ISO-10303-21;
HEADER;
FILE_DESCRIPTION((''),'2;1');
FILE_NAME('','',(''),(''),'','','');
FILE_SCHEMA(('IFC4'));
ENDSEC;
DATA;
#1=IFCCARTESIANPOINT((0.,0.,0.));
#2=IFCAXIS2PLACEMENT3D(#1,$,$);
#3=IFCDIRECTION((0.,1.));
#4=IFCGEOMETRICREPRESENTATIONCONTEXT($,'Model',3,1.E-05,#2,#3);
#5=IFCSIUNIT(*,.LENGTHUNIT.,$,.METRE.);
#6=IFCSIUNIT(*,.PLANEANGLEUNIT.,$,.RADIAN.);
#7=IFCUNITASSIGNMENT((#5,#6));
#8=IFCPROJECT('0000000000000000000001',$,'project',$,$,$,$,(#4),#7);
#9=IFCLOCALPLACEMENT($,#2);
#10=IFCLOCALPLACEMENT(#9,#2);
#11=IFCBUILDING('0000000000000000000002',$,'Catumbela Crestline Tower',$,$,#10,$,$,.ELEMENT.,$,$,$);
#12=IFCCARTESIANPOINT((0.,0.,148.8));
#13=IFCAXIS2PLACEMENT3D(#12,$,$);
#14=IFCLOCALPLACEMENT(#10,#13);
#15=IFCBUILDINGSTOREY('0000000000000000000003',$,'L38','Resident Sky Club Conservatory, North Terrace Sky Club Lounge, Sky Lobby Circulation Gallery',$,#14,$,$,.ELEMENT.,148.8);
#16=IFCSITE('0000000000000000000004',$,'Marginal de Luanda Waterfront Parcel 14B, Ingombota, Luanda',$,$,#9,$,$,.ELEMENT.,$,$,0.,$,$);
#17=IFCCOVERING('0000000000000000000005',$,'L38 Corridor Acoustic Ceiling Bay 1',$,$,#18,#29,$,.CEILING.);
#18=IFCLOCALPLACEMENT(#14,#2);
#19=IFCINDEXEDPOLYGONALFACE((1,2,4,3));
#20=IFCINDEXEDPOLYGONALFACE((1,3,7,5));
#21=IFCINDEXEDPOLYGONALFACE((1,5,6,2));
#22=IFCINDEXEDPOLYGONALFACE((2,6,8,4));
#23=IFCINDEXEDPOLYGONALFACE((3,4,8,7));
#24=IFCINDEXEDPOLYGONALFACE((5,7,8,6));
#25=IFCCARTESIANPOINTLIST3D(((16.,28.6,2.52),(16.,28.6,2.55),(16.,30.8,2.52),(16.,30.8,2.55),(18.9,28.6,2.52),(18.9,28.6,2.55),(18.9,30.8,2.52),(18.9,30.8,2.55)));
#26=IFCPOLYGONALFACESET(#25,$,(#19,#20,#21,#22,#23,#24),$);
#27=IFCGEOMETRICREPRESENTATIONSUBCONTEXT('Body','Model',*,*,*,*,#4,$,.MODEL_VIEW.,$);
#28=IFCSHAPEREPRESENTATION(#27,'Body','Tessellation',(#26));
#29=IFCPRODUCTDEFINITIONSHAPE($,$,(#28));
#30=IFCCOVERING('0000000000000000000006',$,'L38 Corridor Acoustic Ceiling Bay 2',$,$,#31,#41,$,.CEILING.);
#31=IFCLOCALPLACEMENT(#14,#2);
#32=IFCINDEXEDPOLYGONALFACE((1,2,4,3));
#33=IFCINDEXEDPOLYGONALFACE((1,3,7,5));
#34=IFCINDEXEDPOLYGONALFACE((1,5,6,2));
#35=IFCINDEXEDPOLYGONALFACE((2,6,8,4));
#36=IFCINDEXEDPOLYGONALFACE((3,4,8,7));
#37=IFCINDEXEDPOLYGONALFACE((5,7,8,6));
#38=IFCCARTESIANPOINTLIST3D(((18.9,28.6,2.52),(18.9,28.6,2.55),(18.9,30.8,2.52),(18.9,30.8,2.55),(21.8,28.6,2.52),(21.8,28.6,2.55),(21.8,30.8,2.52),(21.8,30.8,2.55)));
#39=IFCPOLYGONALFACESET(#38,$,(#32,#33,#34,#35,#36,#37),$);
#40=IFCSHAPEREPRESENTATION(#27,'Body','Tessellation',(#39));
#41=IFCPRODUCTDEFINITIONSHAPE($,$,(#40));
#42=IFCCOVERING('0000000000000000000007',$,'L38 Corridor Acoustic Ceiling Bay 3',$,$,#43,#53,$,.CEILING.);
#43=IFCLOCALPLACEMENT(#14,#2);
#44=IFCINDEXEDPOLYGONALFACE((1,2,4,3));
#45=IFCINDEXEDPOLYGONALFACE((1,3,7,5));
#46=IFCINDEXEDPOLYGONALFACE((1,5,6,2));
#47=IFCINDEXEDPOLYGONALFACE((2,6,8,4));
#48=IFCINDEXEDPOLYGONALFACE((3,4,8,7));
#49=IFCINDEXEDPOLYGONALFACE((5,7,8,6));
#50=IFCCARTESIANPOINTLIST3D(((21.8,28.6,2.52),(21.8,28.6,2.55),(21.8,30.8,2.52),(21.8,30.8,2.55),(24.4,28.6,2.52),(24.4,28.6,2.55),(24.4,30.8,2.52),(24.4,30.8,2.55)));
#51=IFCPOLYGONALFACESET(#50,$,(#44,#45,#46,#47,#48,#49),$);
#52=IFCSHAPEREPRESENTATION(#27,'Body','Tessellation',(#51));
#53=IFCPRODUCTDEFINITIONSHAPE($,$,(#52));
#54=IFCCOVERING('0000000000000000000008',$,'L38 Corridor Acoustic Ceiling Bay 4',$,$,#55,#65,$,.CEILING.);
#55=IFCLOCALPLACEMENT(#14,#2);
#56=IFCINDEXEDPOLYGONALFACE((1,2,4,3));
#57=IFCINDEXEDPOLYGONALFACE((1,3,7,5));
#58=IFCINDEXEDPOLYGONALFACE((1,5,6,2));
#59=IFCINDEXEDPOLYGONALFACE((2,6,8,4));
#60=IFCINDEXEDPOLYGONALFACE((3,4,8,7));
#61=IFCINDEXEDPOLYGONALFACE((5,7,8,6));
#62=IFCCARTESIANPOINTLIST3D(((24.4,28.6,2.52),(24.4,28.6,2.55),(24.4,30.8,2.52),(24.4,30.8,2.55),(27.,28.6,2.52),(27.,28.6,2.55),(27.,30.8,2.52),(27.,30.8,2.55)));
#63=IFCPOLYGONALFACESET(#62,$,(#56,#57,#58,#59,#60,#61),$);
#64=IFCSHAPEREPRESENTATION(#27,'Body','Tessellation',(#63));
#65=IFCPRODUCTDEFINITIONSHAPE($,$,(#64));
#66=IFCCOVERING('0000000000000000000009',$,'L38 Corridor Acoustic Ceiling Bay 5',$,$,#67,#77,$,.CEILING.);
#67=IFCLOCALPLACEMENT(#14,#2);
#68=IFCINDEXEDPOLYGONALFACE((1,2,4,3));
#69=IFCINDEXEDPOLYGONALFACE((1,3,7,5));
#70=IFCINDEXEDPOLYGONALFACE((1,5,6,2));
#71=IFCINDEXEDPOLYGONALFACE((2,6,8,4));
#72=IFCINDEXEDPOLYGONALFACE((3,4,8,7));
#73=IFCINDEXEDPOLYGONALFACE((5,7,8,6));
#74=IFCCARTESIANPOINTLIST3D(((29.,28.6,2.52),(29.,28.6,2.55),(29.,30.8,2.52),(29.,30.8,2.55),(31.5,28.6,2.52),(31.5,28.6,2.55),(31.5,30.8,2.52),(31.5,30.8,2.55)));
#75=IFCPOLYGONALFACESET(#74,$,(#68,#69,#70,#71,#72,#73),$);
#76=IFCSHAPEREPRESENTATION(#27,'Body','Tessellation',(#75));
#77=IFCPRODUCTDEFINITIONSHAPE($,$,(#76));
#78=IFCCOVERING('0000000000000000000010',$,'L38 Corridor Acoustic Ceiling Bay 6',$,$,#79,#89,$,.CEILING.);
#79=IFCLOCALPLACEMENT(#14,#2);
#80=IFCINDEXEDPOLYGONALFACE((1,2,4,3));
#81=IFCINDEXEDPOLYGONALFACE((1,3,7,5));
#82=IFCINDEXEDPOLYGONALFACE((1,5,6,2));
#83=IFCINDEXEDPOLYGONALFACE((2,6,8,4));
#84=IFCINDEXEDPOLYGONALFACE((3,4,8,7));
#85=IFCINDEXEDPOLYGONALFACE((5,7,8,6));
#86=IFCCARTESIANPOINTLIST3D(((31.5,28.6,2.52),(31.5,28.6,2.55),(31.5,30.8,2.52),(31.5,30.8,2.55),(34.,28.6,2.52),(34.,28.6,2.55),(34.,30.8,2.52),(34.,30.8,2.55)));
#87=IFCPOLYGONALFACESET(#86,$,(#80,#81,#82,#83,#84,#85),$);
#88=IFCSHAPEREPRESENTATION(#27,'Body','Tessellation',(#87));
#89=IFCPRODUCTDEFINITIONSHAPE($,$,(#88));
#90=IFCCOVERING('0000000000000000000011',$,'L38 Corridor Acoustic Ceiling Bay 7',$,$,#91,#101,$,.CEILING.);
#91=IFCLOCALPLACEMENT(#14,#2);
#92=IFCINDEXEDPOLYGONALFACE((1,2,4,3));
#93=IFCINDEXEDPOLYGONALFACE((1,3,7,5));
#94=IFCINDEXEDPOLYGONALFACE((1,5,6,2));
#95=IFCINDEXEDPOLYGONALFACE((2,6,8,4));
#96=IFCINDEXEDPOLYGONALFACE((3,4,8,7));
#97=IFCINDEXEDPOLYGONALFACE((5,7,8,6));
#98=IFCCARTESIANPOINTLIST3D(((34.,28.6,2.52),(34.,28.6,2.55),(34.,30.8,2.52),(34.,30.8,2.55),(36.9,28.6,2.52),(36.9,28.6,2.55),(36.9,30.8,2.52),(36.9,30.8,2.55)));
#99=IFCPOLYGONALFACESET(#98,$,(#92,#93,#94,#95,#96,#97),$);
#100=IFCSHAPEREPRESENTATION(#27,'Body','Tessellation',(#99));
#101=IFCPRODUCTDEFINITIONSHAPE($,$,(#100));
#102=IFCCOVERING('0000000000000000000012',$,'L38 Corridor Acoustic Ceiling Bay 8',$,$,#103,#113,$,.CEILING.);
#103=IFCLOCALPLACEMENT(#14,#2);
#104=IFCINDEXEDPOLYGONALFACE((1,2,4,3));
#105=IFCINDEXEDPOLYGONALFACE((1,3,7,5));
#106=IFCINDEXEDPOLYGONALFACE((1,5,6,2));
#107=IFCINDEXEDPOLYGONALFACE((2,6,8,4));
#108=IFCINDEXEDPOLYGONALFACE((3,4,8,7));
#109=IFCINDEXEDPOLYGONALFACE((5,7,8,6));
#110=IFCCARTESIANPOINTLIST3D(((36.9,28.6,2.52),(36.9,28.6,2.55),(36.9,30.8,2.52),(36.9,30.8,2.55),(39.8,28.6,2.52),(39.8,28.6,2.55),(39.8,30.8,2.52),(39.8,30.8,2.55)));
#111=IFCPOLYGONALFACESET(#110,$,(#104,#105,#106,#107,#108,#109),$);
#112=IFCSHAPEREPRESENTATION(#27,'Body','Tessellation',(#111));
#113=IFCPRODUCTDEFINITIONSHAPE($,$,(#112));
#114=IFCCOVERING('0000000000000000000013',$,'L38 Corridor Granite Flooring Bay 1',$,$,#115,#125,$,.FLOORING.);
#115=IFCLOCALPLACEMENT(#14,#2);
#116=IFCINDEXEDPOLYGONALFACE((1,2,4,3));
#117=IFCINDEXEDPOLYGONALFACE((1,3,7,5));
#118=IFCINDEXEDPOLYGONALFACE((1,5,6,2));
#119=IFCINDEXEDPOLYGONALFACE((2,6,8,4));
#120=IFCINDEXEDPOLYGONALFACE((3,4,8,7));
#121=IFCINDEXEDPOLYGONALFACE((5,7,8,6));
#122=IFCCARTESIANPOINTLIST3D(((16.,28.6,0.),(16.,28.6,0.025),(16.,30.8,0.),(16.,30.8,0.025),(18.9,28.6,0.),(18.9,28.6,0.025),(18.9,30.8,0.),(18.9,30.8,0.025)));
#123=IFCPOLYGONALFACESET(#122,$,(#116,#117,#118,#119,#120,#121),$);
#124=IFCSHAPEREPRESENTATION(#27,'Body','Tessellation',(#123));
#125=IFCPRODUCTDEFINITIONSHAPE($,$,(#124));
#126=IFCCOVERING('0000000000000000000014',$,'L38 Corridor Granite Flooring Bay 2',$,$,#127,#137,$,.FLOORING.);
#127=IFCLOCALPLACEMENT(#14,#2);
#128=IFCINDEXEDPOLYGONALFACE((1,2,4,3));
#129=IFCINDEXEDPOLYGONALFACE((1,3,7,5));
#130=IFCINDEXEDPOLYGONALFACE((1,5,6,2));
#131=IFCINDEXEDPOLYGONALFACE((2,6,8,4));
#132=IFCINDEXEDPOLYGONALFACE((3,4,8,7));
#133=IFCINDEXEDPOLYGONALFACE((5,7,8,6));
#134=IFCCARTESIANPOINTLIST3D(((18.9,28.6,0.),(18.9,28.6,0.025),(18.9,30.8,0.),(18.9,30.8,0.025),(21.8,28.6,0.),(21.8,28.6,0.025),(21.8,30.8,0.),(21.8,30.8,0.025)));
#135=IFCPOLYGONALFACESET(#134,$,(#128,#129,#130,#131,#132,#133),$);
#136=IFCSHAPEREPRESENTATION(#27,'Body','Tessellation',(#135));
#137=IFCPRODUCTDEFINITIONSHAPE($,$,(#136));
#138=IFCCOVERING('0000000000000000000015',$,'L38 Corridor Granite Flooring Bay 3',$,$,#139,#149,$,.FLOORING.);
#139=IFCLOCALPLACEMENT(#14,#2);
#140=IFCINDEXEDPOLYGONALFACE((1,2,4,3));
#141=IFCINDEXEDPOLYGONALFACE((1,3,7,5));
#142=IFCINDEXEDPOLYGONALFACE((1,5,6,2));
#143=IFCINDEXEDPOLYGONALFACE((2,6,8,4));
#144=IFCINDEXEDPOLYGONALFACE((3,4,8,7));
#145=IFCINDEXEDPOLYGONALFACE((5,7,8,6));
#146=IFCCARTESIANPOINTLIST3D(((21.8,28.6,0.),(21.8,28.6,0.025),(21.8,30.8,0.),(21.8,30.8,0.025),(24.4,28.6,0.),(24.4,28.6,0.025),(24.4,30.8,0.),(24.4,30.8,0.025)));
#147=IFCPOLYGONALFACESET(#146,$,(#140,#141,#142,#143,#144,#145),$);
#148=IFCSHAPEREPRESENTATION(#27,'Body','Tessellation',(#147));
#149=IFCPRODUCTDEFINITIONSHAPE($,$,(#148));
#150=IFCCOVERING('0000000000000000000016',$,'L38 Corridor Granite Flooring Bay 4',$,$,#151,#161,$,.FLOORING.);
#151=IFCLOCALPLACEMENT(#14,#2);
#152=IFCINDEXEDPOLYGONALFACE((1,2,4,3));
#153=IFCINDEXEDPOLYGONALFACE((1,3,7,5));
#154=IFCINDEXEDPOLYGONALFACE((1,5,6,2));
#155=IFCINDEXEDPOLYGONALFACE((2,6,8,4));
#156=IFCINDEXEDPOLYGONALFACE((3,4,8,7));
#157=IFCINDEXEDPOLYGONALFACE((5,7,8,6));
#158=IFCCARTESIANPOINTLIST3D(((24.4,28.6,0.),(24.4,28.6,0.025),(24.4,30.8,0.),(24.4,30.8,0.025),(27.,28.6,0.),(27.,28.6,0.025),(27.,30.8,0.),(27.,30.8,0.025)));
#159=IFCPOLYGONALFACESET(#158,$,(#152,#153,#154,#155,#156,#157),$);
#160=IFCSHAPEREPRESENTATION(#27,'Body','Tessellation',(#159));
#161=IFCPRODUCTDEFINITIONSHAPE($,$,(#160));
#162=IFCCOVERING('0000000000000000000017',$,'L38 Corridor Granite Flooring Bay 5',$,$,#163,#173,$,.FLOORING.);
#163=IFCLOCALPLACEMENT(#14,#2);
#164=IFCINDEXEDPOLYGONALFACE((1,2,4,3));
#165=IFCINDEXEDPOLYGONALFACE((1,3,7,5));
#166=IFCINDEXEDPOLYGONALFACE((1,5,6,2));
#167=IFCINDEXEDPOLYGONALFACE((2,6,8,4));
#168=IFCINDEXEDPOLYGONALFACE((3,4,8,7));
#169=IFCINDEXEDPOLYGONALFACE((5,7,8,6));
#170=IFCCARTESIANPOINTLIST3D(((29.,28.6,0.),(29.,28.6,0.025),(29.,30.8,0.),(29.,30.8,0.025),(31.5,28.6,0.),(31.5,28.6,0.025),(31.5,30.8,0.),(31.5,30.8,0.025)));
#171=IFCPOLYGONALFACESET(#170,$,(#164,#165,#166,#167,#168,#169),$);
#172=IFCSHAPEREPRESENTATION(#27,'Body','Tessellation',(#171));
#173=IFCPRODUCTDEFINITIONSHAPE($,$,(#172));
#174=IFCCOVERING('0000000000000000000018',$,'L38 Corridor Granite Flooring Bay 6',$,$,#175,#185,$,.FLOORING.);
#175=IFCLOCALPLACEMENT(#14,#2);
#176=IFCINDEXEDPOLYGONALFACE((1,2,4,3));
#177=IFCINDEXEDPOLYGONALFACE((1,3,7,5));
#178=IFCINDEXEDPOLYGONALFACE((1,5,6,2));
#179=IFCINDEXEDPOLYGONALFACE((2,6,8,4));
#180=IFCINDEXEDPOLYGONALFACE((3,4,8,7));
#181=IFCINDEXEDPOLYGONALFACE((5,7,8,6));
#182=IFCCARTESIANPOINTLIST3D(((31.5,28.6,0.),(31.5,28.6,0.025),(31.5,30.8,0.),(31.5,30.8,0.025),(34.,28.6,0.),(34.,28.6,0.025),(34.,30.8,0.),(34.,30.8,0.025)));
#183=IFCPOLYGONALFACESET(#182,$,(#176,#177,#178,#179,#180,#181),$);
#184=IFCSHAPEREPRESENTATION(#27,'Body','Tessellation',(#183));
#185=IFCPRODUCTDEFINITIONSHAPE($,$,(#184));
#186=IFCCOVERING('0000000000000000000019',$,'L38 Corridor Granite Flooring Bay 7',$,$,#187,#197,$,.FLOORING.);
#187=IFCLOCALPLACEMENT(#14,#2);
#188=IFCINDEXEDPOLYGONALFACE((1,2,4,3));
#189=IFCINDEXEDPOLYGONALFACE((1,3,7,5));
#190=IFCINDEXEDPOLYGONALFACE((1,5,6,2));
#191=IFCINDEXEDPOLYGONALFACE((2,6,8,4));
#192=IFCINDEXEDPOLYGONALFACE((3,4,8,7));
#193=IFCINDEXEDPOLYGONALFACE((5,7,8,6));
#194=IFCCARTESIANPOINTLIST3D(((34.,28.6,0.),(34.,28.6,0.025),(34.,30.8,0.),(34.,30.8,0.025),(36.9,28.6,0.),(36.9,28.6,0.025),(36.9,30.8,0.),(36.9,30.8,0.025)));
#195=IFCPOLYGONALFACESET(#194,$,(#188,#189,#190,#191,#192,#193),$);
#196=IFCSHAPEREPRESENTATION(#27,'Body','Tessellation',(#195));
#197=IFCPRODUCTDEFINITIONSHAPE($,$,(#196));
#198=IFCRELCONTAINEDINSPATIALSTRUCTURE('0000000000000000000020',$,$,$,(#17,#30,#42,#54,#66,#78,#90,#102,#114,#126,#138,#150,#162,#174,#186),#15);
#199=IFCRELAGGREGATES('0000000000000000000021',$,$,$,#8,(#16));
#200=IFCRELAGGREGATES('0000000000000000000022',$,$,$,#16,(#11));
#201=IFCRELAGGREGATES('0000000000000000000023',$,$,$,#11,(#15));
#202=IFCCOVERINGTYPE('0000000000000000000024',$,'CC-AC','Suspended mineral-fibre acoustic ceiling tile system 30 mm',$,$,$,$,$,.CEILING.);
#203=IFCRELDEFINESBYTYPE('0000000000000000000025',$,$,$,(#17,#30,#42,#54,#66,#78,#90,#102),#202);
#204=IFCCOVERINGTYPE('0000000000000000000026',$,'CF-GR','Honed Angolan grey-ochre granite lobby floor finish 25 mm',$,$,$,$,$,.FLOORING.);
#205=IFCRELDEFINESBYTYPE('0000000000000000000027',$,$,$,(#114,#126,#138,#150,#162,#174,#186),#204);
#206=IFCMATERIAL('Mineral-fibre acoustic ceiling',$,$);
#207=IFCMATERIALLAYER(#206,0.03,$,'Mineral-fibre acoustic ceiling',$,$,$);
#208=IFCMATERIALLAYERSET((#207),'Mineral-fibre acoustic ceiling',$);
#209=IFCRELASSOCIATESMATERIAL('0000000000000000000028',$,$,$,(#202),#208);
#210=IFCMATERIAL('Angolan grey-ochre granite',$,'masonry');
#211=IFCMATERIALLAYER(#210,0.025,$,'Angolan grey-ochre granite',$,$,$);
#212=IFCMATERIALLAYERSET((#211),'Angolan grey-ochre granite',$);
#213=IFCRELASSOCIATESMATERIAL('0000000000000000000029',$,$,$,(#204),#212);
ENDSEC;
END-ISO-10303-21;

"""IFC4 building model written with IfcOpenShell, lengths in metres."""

from ifc_helpers import new_model, si_unit, direction, frame, origin, place, context, subcontext, project, spatial, polyline, outline, extrude, material, layer, layer_set, type_object, element, save


model = new_model("IFC4")

# Units and contexts
model_context = context("Model", 3, precision=1e-05, world=origin(), true_north=direction((0.0, 1.0)))
body_context = subcontext(model_context, "Body", "Model", "MODEL_VIEW")
ifc_project = project(units=[si_unit("LENGTHUNIT", "METRE"), si_unit("PLANEANGLEUNIT", "RADIAN")], contexts=[model_context])

# Site, building, storey
site_placement = place(None, origin())
site = spatial("IfcSite", under=ifc_project, at=site_placement, Name="Marginal de Luanda Waterfront Parcel 14B, Ingombota, Luanda", CompositionType="ELEMENT", RefElevation=0.0)
building_placement = place(site_placement, origin())
building = spatial("IfcBuilding", under=site, at=building_placement, Name="Catumbela Crestline Tower", CompositionType="ELEMENT")
storey_placement = place(building_placement, frame((0.0, 0.0, 148.8)))
storey = spatial("IfcBuildingStorey", under=building, at=storey_placement, Name="L38", Description="Resident Sky Club Conservatory, North Terrace Sky Club Lounge, Sky Lobby Circulation Gallery", CompositionType="ELEMENT", Elevation=148.8)

# Shared definitions
ifc_material_1 = material(Name="Angolan grey-ochre granite", Category="masonry")

# Coverings
ifc_material_2 = material(Name="Mineral-fibre acoustic ceiling")
ifc_layer_1 = layer(ifc_material_2, 0.03, Name="Mineral-fibre acoustic ceiling")
ifc_layer_set_1 = layer_set([ifc_layer_1], Name="Mineral-fibre acoustic ceiling")
covering_type_1 = type_object("IfcCoveringType", Name="CC-AC", Description="Suspended mineral-fibre acoustic ceiling tile system 30 mm", PredefinedType="CEILING", material=ifc_layer_set_1)
covering_1_placement = place(storey_placement, frame((0.0, 0.0, 2.52)))
element("IfcCovering", 1, at=covering_1_placement, inside=storey, type_object=covering_type_1, Name="L38 Corridor Acoustic Ceiling Bay 1", PredefinedType="CEILING", context=body_context, shape_type="SweptSolid", body=[
    extrude(outline(polyline([(16.0, 28.6), (18.9, 28.6), (18.9, 30.8), (16.0, 30.8), (16.0, 28.6)])), origin(), (0.0, 0.0, 1.0), 0.03),
])
covering_2_placement = place(storey_placement, frame((0.0, 0.0, 2.52)))
element("IfcCovering", 2, at=covering_2_placement, inside=storey, type_object=covering_type_1, Name="L38 Corridor Acoustic Ceiling Bay 2", PredefinedType="CEILING", context=body_context, shape_type="SweptSolid", body=[
    extrude(outline(polyline([(18.9, 28.6), (21.8, 28.6), (21.8, 30.8), (18.9, 30.8), (18.9, 28.6)])), origin(), (0.0, 0.0, 1.0), 0.03),
])
covering_3_placement = place(storey_placement, frame((0.0, 0.0, 2.52)))
element("IfcCovering", 3, at=covering_3_placement, inside=storey, type_object=covering_type_1, Name="L38 Corridor Acoustic Ceiling Bay 3", PredefinedType="CEILING", context=body_context, shape_type="SweptSolid", body=[
    extrude(outline(polyline([(21.8, 28.6), (24.4, 28.6), (24.4, 30.8), (21.8, 30.8), (21.8, 28.6)])), origin(), (0.0, 0.0, 1.0), 0.03),
])
covering_4_placement = place(storey_placement, frame((0.0, 0.0, 2.52)))
element("IfcCovering", 4, at=covering_4_placement, inside=storey, type_object=covering_type_1, Name="L38 Corridor Acoustic Ceiling Bay 4", PredefinedType="CEILING", context=body_context, shape_type="SweptSolid", body=[
    extrude(outline(polyline([(24.4, 28.6), (27.0, 28.6), (27.0, 30.8), (24.4, 30.8), (24.4, 28.6)])), origin(), (0.0, 0.0, 1.0), 0.03),
])
covering_5_placement = place(storey_placement, frame((0.0, 0.0, 2.52)))
element("IfcCovering", 5, at=covering_5_placement, inside=storey, type_object=covering_type_1, Name="L38 Corridor Acoustic Ceiling Bay 5", PredefinedType="CEILING", context=body_context, shape_type="SweptSolid", body=[
    extrude(outline(polyline([(29.0, 28.6), (31.5, 28.6), (31.5, 30.8), (29.0, 30.8), (29.0, 28.6)])), origin(), (0.0, 0.0, 1.0), 0.03),
])
covering_6_placement = place(storey_placement, frame((0.0, 0.0, 2.52)))
element("IfcCovering", 6, at=covering_6_placement, inside=storey, type_object=covering_type_1, Name="L38 Corridor Acoustic Ceiling Bay 6", PredefinedType="CEILING", context=body_context, shape_type="SweptSolid", body=[
    extrude(outline(polyline([(31.5, 28.6), (34.0, 28.6), (34.0, 30.8), (31.5, 30.8), (31.5, 28.6)])), origin(), (0.0, 0.0, 1.0), 0.03),
])
covering_7_placement = place(storey_placement, frame((0.0, 0.0, 2.52)))
element("IfcCovering", 7, at=covering_7_placement, inside=storey, type_object=covering_type_1, Name="L38 Corridor Acoustic Ceiling Bay 7", PredefinedType="CEILING", context=body_context, shape_type="SweptSolid", body=[
    extrude(outline(polyline([(34.0, 28.6), (36.9, 28.6), (36.9, 30.8), (34.0, 30.8), (34.0, 28.6)])), origin(), (0.0, 0.0, 1.0), 0.03),
])
covering_8_placement = place(storey_placement, frame((0.0, 0.0, 2.52)))
element("IfcCovering", 8, at=covering_8_placement, inside=storey, type_object=covering_type_1, Name="L38 Corridor Acoustic Ceiling Bay 8", PredefinedType="CEILING", context=body_context, shape_type="SweptSolid", body=[
    extrude(outline(polyline([(36.9, 28.6), (39.8, 28.6), (39.8, 30.8), (36.9, 30.8), (36.9, 28.6)])), origin(), (0.0, 0.0, 1.0), 0.03),
])
ifc_layer_2 = layer(ifc_material_1, 0.025, Name="Angolan grey-ochre granite")
ifc_layer_set_2 = layer_set([ifc_layer_2], Name="Angolan grey-ochre granite")
covering_type_2 = type_object("IfcCoveringType", Name="CF-GR", Description="Honed Angolan grey-ochre granite lobby floor finish 25 mm", PredefinedType="FLOORING", material=ifc_layer_set_2)
covering_9_placement = place(storey_placement, origin())
element("IfcCovering", 9, at=covering_9_placement, inside=storey, type_object=covering_type_2, Name="L38 Corridor Granite Flooring Bay 1", PredefinedType="FLOORING", context=body_context, shape_type="SweptSolid", body=[
    extrude(outline(polyline([(16.0, 28.6), (18.9, 28.6), (18.9, 30.8), (16.0, 30.8), (16.0, 28.6)])), origin(), (0.0, 0.0, 1.0), 0.025),
])
covering_10_placement = place(storey_placement, origin())
element("IfcCovering", 10, at=covering_10_placement, inside=storey, type_object=covering_type_2, Name="L38 Corridor Granite Flooring Bay 2", PredefinedType="FLOORING", context=body_context, shape_type="SweptSolid", body=[
    extrude(outline(polyline([(18.9, 28.6), (21.8, 28.6), (21.8, 30.8), (18.9, 30.8), (18.9, 28.6)])), origin(), (0.0, 0.0, 1.0), 0.025),
])
covering_11_placement = place(storey_placement, origin())
element("IfcCovering", 11, at=covering_11_placement, inside=storey, type_object=covering_type_2, Name="L38 Corridor Granite Flooring Bay 3", PredefinedType="FLOORING", context=body_context, shape_type="SweptSolid", body=[
    extrude(outline(polyline([(21.8, 28.6), (24.4, 28.6), (24.4, 30.8), (21.8, 30.8), (21.8, 28.6)])), origin(), (0.0, 0.0, 1.0), 0.025),
])
covering_12_placement = place(storey_placement, origin())
element("IfcCovering", 12, at=covering_12_placement, inside=storey, type_object=covering_type_2, Name="L38 Corridor Granite Flooring Bay 4", PredefinedType="FLOORING", context=body_context, shape_type="SweptSolid", body=[
    extrude(outline(polyline([(24.4, 28.6), (27.0, 28.6), (27.0, 30.8), (24.4, 30.8), (24.4, 28.6)])), origin(), (0.0, 0.0, 1.0), 0.025),
])
covering_13_placement = place(storey_placement, origin())
element("IfcCovering", 13, at=covering_13_placement, inside=storey, type_object=covering_type_2, Name="L38 Corridor Granite Flooring Bay 5", PredefinedType="FLOORING", context=body_context, shape_type="SweptSolid", body=[
    extrude(outline(polyline([(29.0, 28.6), (31.5, 28.6), (31.5, 30.8), (29.0, 30.8), (29.0, 28.6)])), origin(), (0.0, 0.0, 1.0), 0.025),
])
covering_14_placement = place(storey_placement, origin())
element("IfcCovering", 14, at=covering_14_placement, inside=storey, type_object=covering_type_2, Name="L38 Corridor Granite Flooring Bay 6", PredefinedType="FLOORING", context=body_context, shape_type="SweptSolid", body=[
    extrude(outline(polyline([(31.5, 28.6), (34.0, 28.6), (34.0, 30.8), (31.5, 30.8), (31.5, 28.6)])), origin(), (0.0, 0.0, 1.0), 0.025),
])
covering_15_placement = place(storey_placement, origin())
element("IfcCovering", 15, at=covering_15_placement, inside=storey, type_object=covering_type_2, Name="L38 Corridor Granite Flooring Bay 7", PredefinedType="FLOORING", context=body_context, shape_type="SweptSolid", body=[
    extrude(outline(polyline([(34.0, 28.6), (36.9, 28.6), (36.9, 30.8), (34.0, 30.8), (34.0, 28.6)])), origin(), (0.0, 0.0, 1.0), 0.025),
])

save(model, "model.ifc")
